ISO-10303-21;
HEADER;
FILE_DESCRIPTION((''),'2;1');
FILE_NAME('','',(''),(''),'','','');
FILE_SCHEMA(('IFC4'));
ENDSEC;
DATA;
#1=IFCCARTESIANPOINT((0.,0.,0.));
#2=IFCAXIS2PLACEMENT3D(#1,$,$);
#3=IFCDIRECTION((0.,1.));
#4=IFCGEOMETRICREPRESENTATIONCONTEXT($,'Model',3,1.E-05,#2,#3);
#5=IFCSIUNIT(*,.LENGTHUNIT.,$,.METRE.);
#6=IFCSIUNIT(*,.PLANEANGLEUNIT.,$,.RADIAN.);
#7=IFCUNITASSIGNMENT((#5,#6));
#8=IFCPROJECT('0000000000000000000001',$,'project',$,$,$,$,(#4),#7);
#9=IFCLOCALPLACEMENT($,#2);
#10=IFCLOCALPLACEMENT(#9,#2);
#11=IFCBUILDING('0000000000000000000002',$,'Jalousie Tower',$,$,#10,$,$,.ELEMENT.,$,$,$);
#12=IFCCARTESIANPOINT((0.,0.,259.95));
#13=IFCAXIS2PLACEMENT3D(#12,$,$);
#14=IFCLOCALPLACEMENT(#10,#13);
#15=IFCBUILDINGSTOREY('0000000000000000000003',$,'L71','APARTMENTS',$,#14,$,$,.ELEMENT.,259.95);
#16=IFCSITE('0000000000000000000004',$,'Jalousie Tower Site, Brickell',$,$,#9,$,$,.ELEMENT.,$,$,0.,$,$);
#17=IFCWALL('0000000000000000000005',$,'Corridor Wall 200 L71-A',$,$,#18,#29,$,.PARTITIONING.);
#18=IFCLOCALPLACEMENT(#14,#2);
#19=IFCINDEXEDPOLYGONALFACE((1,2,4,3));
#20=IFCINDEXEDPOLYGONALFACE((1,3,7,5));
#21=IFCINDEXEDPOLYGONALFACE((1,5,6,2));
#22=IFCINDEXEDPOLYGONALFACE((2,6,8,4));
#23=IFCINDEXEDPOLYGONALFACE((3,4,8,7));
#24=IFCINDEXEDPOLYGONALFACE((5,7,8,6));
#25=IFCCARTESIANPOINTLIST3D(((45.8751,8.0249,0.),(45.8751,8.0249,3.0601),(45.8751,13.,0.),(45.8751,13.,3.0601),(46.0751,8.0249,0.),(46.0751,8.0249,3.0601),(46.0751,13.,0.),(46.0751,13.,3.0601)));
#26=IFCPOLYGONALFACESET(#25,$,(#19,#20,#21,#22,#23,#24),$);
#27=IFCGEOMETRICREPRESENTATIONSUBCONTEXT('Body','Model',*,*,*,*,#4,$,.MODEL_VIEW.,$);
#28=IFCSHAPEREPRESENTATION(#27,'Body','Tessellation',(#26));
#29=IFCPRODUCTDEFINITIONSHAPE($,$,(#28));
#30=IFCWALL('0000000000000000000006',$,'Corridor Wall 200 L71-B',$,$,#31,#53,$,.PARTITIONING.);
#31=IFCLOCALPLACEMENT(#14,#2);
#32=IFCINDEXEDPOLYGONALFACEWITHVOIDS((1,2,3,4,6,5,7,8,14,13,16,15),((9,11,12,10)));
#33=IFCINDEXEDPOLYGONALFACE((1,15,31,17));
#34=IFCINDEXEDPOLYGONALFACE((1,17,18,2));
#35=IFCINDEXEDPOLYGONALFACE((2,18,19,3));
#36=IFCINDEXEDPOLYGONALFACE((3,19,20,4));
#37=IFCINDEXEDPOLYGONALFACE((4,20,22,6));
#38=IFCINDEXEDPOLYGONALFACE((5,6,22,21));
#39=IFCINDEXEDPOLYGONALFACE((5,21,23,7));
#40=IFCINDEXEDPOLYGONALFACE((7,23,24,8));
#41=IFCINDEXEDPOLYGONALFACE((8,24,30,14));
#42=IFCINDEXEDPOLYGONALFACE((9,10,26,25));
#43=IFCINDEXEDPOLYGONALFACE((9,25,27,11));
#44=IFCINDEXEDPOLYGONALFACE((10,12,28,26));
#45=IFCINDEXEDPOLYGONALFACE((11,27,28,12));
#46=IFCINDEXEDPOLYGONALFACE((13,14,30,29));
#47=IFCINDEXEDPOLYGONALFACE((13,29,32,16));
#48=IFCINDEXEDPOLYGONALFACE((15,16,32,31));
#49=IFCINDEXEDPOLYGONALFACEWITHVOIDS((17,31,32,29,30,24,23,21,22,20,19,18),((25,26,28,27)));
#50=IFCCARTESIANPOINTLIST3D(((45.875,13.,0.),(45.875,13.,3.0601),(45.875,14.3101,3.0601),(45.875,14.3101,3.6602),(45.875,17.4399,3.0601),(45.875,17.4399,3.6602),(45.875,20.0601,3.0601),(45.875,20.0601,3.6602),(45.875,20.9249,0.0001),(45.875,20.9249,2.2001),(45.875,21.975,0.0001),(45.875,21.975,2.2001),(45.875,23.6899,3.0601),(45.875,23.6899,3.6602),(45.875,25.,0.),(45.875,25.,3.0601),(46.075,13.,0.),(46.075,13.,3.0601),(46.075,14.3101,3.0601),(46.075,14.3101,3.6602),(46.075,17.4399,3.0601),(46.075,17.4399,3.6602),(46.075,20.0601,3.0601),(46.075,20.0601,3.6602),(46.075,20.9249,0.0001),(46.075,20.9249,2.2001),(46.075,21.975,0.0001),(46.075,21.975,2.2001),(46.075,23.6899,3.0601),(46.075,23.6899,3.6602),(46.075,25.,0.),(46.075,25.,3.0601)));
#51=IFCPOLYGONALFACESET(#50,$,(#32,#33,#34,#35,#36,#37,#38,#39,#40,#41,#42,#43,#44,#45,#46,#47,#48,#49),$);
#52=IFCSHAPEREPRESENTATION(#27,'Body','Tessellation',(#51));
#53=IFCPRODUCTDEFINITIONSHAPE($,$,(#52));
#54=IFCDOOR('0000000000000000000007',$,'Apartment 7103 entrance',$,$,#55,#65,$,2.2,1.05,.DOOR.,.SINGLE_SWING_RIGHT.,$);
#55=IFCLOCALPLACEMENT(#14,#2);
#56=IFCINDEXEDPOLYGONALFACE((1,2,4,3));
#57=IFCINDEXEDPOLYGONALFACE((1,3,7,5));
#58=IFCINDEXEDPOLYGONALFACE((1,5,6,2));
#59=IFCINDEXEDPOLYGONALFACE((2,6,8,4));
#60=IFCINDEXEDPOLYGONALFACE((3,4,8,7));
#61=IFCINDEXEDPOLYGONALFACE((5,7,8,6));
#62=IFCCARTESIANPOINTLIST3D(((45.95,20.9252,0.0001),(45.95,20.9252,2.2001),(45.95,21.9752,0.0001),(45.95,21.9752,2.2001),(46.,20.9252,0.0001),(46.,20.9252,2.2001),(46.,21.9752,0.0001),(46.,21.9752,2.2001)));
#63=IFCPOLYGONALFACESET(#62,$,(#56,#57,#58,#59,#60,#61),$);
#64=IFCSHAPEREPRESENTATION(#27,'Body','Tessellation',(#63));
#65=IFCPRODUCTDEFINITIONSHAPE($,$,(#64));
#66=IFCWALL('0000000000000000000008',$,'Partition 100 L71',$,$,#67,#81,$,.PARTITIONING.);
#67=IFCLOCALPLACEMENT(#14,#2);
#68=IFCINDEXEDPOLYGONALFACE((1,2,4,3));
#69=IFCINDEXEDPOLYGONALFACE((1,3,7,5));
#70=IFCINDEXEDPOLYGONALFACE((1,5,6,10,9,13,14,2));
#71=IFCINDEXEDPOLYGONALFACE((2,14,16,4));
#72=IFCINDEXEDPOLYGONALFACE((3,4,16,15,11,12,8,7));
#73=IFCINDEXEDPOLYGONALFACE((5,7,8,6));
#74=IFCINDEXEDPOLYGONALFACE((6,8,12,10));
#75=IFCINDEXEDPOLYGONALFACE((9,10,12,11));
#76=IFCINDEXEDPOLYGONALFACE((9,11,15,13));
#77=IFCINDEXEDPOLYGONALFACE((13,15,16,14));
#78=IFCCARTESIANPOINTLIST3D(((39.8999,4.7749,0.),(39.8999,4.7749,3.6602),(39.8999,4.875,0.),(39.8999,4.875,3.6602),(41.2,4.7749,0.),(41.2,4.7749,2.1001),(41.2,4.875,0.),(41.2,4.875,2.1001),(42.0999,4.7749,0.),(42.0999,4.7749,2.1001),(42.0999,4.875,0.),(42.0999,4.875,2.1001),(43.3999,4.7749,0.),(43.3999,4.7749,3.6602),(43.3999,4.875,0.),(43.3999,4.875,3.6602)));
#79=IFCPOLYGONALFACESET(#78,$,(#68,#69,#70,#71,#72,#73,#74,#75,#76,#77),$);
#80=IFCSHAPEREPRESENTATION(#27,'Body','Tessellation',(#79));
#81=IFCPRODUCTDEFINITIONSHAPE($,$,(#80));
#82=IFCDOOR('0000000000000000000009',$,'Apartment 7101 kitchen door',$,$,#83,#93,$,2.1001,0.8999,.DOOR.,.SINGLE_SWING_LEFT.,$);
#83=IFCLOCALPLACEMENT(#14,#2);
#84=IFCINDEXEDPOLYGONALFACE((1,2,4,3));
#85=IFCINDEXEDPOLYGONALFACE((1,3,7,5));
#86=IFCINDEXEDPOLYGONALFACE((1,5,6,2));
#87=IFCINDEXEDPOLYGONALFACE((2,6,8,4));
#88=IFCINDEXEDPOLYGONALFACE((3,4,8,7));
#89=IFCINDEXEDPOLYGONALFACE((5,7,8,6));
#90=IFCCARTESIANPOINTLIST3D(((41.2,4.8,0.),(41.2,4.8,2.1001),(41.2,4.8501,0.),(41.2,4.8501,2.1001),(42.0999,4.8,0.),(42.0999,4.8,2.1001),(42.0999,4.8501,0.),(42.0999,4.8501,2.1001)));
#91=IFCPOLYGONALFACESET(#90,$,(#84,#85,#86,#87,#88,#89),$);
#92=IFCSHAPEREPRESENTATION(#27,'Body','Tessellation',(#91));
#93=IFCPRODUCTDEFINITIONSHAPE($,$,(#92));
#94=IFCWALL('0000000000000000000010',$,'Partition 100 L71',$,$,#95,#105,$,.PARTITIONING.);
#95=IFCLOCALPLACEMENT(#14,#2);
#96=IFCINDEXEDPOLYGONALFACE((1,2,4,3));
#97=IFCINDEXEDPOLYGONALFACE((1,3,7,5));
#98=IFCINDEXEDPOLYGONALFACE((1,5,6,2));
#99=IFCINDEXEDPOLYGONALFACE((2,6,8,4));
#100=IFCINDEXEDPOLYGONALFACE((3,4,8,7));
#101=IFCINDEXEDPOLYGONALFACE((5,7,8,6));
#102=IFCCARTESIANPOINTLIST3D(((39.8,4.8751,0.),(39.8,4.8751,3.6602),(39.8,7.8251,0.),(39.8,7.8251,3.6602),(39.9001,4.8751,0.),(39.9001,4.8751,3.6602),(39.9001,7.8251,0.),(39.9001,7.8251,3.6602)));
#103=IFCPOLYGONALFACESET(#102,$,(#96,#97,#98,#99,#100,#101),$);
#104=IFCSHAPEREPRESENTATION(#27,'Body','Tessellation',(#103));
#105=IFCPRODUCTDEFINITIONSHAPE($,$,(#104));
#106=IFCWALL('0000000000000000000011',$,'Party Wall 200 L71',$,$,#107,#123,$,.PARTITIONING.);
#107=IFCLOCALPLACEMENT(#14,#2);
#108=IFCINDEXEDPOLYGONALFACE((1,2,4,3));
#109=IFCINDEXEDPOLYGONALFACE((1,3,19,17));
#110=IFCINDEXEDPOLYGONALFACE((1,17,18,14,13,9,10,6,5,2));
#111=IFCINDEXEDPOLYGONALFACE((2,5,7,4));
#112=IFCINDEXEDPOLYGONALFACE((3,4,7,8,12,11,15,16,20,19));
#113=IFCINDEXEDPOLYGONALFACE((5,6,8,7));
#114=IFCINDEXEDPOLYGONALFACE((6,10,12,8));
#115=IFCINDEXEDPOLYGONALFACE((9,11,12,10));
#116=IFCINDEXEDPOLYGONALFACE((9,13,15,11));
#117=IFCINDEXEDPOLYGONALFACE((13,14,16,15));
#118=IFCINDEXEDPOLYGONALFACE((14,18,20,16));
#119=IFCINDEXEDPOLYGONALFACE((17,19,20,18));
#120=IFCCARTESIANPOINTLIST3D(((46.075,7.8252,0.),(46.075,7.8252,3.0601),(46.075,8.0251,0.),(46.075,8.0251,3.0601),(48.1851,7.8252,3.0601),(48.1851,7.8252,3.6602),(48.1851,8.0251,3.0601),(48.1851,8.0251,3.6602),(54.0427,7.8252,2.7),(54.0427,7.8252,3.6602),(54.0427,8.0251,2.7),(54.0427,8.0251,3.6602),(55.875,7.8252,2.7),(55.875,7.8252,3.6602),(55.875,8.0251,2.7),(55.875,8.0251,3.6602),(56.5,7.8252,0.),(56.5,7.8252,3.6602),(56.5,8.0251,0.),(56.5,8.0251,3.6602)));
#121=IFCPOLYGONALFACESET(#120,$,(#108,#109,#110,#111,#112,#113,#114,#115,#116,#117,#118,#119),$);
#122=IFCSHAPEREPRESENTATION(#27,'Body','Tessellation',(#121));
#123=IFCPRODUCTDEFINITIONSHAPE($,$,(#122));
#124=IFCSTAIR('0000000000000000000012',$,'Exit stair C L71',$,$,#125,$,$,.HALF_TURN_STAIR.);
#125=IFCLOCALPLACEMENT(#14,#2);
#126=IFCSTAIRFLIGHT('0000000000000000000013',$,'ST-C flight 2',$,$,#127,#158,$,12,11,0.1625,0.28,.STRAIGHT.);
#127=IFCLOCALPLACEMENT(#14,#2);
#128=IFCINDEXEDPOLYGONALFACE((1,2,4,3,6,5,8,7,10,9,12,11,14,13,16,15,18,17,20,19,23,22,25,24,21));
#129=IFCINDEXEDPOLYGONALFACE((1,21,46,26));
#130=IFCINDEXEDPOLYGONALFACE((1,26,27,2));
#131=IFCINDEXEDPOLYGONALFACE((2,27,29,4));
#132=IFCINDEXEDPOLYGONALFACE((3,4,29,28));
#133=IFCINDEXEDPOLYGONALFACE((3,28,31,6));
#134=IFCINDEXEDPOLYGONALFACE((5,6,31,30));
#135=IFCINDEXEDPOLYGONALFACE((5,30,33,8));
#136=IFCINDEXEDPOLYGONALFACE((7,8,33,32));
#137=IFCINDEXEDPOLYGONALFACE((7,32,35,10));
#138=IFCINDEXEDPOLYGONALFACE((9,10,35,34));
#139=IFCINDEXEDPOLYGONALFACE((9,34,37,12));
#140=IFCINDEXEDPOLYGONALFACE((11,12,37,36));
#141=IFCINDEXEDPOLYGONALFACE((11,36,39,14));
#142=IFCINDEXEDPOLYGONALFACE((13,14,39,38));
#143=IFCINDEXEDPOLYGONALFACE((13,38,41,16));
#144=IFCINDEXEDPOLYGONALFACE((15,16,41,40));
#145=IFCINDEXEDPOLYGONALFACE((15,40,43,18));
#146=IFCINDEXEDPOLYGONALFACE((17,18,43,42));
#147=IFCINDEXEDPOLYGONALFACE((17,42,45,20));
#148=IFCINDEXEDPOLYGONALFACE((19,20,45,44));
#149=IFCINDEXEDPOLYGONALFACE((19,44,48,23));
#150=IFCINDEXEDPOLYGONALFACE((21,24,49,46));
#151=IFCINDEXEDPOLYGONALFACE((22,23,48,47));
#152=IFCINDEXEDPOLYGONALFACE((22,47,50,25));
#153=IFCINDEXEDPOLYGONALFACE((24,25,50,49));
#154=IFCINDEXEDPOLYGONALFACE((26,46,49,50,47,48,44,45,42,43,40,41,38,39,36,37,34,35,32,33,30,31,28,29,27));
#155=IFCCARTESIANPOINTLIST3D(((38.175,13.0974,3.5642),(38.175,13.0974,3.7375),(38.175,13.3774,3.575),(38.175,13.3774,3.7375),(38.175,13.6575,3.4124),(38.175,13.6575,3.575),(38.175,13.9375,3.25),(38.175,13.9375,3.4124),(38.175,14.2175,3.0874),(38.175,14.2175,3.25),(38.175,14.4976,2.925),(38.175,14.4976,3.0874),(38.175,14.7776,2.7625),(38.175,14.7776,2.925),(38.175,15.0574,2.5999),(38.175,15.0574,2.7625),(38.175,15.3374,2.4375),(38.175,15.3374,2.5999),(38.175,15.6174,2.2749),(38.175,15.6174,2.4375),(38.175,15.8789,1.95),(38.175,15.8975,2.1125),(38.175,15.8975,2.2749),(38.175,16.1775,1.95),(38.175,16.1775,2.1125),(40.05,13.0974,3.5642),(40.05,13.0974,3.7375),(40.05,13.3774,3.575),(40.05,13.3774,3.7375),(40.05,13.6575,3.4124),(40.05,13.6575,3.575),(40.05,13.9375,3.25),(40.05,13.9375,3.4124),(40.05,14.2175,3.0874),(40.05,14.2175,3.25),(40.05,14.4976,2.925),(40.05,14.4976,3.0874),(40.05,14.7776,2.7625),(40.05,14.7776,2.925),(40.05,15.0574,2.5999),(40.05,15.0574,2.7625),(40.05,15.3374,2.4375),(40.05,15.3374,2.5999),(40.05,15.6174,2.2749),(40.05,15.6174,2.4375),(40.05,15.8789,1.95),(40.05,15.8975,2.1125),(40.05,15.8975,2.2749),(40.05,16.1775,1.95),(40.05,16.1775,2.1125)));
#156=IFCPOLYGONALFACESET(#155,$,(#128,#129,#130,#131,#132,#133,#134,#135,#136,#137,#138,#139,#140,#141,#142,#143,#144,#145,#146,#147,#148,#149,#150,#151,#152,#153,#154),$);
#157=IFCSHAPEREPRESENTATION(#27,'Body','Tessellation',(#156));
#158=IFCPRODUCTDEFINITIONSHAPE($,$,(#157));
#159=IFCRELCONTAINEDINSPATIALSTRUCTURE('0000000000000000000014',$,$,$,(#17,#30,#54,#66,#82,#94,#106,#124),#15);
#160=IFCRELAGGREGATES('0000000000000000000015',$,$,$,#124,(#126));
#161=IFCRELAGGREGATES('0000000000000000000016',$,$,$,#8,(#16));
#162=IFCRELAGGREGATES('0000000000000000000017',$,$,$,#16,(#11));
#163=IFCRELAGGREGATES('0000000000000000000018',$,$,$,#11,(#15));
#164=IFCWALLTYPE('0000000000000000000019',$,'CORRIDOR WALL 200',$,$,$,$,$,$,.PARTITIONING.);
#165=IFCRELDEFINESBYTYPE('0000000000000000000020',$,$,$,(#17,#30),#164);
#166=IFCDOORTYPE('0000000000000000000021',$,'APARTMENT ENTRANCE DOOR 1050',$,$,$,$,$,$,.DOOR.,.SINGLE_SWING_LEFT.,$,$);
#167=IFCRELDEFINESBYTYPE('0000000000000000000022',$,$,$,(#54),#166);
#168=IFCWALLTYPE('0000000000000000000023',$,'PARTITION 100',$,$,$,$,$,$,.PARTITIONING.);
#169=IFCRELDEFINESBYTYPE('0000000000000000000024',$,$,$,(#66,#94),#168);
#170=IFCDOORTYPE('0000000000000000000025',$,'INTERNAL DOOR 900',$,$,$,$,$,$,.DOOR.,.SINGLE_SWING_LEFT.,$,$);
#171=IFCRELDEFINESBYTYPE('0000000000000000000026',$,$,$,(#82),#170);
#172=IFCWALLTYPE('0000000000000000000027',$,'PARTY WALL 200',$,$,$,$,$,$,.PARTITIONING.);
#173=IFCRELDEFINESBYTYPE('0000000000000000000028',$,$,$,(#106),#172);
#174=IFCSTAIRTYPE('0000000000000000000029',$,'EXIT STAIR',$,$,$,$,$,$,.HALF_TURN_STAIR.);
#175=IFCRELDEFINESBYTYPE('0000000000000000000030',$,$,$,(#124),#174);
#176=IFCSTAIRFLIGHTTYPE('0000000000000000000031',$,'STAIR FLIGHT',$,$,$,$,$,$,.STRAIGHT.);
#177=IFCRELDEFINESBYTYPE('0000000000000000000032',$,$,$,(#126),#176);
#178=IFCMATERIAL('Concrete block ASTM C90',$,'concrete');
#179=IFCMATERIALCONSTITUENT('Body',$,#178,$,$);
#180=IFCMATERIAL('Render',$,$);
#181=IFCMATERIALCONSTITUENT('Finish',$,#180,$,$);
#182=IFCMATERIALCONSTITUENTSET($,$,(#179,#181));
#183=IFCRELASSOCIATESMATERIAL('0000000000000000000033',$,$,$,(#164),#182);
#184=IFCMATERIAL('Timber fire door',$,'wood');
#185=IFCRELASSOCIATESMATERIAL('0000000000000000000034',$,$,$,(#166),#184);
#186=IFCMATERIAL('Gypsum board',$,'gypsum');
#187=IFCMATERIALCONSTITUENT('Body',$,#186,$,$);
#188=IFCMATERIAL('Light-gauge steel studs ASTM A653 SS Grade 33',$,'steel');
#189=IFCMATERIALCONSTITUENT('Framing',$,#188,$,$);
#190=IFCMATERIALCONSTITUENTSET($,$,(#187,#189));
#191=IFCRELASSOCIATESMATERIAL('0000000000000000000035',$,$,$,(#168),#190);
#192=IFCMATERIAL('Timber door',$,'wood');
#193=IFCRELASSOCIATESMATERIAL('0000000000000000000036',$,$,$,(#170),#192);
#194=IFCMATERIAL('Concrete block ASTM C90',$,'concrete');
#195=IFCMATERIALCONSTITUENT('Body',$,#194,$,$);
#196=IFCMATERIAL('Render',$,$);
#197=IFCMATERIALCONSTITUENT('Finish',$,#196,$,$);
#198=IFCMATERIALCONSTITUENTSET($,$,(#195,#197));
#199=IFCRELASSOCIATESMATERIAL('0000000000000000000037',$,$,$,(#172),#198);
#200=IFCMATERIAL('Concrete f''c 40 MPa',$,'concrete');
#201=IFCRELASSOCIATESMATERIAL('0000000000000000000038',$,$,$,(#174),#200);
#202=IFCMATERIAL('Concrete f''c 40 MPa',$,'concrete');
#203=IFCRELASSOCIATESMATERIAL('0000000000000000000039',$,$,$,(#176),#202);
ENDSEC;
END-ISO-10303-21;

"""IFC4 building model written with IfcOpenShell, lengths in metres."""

from ifc_helpers import new_model, si_unit, direction, frame, frame_2d, origin, place, context, subcontext, project, spatial, polyline, rectangle, outline, extrude, material, constituent, constituent_set, type_object, element, fill, aggregate, save


model = new_model("IFC4")

# Units and contexts
model_context = context("Model", 3, precision=1e-05, world=origin(), true_north=direction((0.0, 1.0)))
body_context = subcontext(model_context, "Body", "Model", "MODEL_VIEW")
ifc_project = project(units=[si_unit("LENGTHUNIT", "METRE"), si_unit("PLANEANGLEUNIT", "RADIAN")], contexts=[model_context])

# Site, building, storey
site_placement = place(None, origin())
site = spatial("IfcSite", under=ifc_project, at=site_placement, Name="Jalousie Tower Site, Brickell", CompositionType="ELEMENT", RefElevation=0.0)
building_placement = place(site_placement, origin())
building = spatial("IfcBuilding", under=site, at=building_placement, Name="Jalousie Tower", CompositionType="ELEMENT")
storey_placement = place(building_placement, frame((0.0, 0.0, 259.95)))
storey = spatial("IfcBuildingStorey", under=building, at=storey_placement, Name="L71", Description="APARTMENTS", CompositionType="ELEMENT", Elevation=259.95)

# Wall
ifc_material_1 = material(Name="Concrete block ASTM C90", Category="concrete")
ifc_constituent_1 = constituent(ifc_material_1, Name="Body")
ifc_material_2 = material(Name="Render")
ifc_constituent_2 = constituent(ifc_material_2, Name="Finish")
ifc_constituent_set_1 = constituent_set(constituents=[ifc_constituent_1, ifc_constituent_2])
wall_type_1 = type_object("IfcWallType", Name="CORRIDOR WALL 200", PredefinedType="PARTITIONING", material=ifc_constituent_set_1)
wall_1_placement = place(storey_placement, frame((45.9751, 8.0249, 0.0), z_axis=(0.0, 0.0, 1.0), x_axis=(0.0, 1.0, 0.0)))
element("IfcWall", 1, at=wall_1_placement, inside=storey, type_object=wall_type_1, Name="Corridor Wall 200 L71-A", PredefinedType="PARTITIONING", context=body_context, shape_type="SweptSolid", body=[
    extrude(rectangle(XDim=4.9751, YDim=0.2, at=frame_2d((2.4875, 0.0))), origin(), (0.0, 0.0, 1.0), 3.0601),
])

# Walls, openings, doors
wall_2_placement = place(storey_placement, frame((45.9751, 13.0, 0.0), z_axis=(0.0, 0.0, 1.0), x_axis=(0.0, 1.0, 0.0)))
wall_2 = element("IfcWall", 2, at=wall_2_placement, inside=storey, type_object=wall_type_1, Name="Corridor Wall 200 L71-B", PredefinedType="PARTITIONING", context=body_context, shape_type="SweptSolid", body=[
    extrude(outline(polyline([(0.0, 0.0), (12.0, 0.0), (12.0, 3.0601), (10.6899, 3.0601), (10.6899, 3.6602), (7.0601, 3.6602), (7.0601, 3.0601), (4.4399, 3.0601), (4.4399, 3.6602), (1.3101, 3.6602), (1.3101, 3.0601), (0.0, 3.0601), (0.0, 0.0)])), frame((0.0, 0.1001, 0.0), z_axis=(0.0, -1.0, 0.0), x_axis=(1.0, 0.0, 0.0)), (0.0, 0.0, 1.0), 0.2),
])
opening_1_placement = place(wall_2_placement, frame((7.925, 0.0, 0.0)))
opening_1 = element("IfcOpeningElement", 3, at=opening_1_placement, cuts=wall_2, PredefinedType="OPENING", context=body_context, shape_type="SweptSolid", body=[
    extrude(rectangle(XDim=1.05, YDim=2.2, at=frame_2d((0.5249, 1.1001))), frame((0.0, 0.1099, 0.0), z_axis=(0.0, -1.0, 0.0), x_axis=(1.0, 0.0, 0.0)), (0.0, 0.0, 1.0), 0.22),
])
ifc_material_3 = material(Name="Timber fire door", Category="wood")
door_type_1 = type_object("IfcDoorType", Name="APARTMENT ENTRANCE DOOR 1050", OperationType="SINGLE_SWING_LEFT", PredefinedType="DOOR", material=ifc_material_3)
door_1_placement = place(opening_1_placement, frame((1.05, 0.0, 0.0), z_axis=(0.0, 0.0, 1.0), x_axis=(-1.0, 0.0, 0.0)))
door_1 = element("IfcDoor", 4, at=door_1_placement, inside=storey, type_object=door_type_1, Name="Apartment 7103 entrance", OperationType="SINGLE_SWING_RIGHT", OverallHeight=2.2, OverallWidth=1.05, PredefinedType="DOOR", context=body_context, shape_type="SweptSolid", body=[
    extrude(rectangle(XDim=1.05, YDim=2.2, at=frame_2d((0.5249, 1.1001))), frame((0.0, 0.0249, 0.0), z_axis=(0.0, -1.0, 0.0), x_axis=(1.0, 0.0, 0.0)), (0.0, 0.0, 1.0), 0.05),
])
fill(opening_1, door_1)
ifc_material_4 = material(Name="Gypsum board", Category="gypsum")
ifc_constituent_3 = constituent(ifc_material_4, Name="Body")
ifc_material_5 = material(Name="Light-gauge steel studs ASTM A653 SS Grade 33", Category="steel")
ifc_constituent_4 = constituent(ifc_material_5, Name="Framing")
ifc_constituent_set_2 = constituent_set(constituents=[ifc_constituent_3, ifc_constituent_4])
wall_type_2 = type_object("IfcWallType", Name="PARTITION 100", PredefinedType="PARTITIONING", material=ifc_constituent_set_2)
wall_3_placement = place(storey_placement, frame((39.8999, 4.825, 0.0), z_axis=(0.0, 0.0, 1.0), x_axis=(1.0, 0.0, 0.0)))
wall_3 = element("IfcWall", 5, at=wall_3_placement, inside=storey, type_object=wall_type_2, Name="Partition 100 L71", PredefinedType="PARTITIONING", context=body_context, shape_type="SweptSolid", body=[
    extrude(rectangle(XDim=3.5, YDim=0.1001, at=frame_2d((1.75, 0.0))), origin(), (0.0, 0.0, 1.0), 3.6602),
])
opening_2_placement = place(wall_3_placement, frame((1.3, 0.0, 0.0)))
opening_2 = element("IfcOpeningElement", 6, at=opening_2_placement, cuts=wall_3, PredefinedType="OPENING", context=body_context, shape_type="SweptSolid", body=[
    extrude(rectangle(XDim=0.8999, YDim=2.1001, at=frame_2d((0.45, 1.05))), frame((0.0, 0.0601, 0.0), z_axis=(0.0, -1.0, 0.0), x_axis=(1.0, 0.0, 0.0)), (0.0, 0.0, 1.0), 0.1201),
])
ifc_material_6 = material(Name="Timber door", Category="wood")
door_type_2 = type_object("IfcDoorType", Name="INTERNAL DOOR 900", OperationType="SINGLE_SWING_LEFT", PredefinedType="DOOR", material=ifc_material_6)
door_2_placement = place(opening_2_placement, frame((0.8999, 0.0, 0.0), z_axis=(0.0, 0.0, 1.0), x_axis=(-1.0, 0.0, 0.0)))
door_2 = element("IfcDoor", 7, at=door_2_placement, inside=storey, type_object=door_type_2, Name="Apartment 7101 kitchen door", OperationType="SINGLE_SWING_LEFT", OverallHeight=2.1001, OverallWidth=0.8999, PredefinedType="DOOR", context=body_context, shape_type="SweptSolid", body=[
    extrude(rectangle(XDim=0.8999, YDim=2.1001, at=frame_2d((0.45, 1.05))), frame((0.0, 0.0249, 0.0), z_axis=(0.0, -1.0, 0.0), x_axis=(1.0, 0.0, 0.0)), (0.0, 0.0, 1.0), 0.05),
])
fill(opening_2, door_2)

# Walls
wall_4_placement = place(storey_placement, frame((39.8501, 4.875, 0.0), z_axis=(0.0, 0.0, 1.0), x_axis=(0.0, 1.0, 0.0)))
element("IfcWall", 8, at=wall_4_placement, inside=storey, type_object=wall_type_2, Name="Partition 100 L71", PredefinedType="PARTITIONING", context=body_context, shape_type="SweptSolid", body=[
    extrude(rectangle(XDim=2.95, YDim=0.1001, at=frame_2d((1.4751, 0.0))), origin(), (0.0, 0.0, 1.0), 3.6602),
])
ifc_material_7 = material(Name="Concrete block ASTM C90", Category="concrete")
ifc_constituent_5 = constituent(ifc_material_7, Name="Body")
ifc_material_8 = material(Name="Render")
ifc_constituent_6 = constituent(ifc_material_8, Name="Finish")
ifc_constituent_set_3 = constituent_set(constituents=[ifc_constituent_5, ifc_constituent_6])
wall_type_3 = type_object("IfcWallType", Name="PARTY WALL 200", PredefinedType="PARTITIONING", material=ifc_constituent_set_3)
wall_5_placement = place(storey_placement, frame((46.075, 7.925, 0.0), z_axis=(0.0, 0.0, 1.0), x_axis=(1.0, 0.0, 0.0)))
element("IfcWall", 9, at=wall_5_placement, inside=storey, type_object=wall_type_3, Name="Party Wall 200 L71", PredefinedType="PARTITIONING", context=body_context, shape_type="SweptSolid", body=[
    extrude(outline(polyline([(0.0, 0.0), (10.425, 0.0), (10.425, 3.6602), (9.8, 3.6602), (9.8, 2.7), (7.9678, 2.7), (7.9678, 3.6602), (2.1101, 3.6602), (2.1101, 3.0601), (0.0, 3.0601), (0.0, 3.6602), (0.0, 0.0)])), frame((0.0, 0.1001, 0.0), z_axis=(0.0, -1.0, 0.0), x_axis=(1.0, 0.0, 0.0)), (0.0, 0.0, 1.0), 0.2),
])

# Stair, stair flight
ifc_material_9 = material(Name="Concrete f'c 40 MPa", Category="concrete")
stair_type = type_object("IfcStairType", Name="EXIT STAIR", PredefinedType="HALF_TURN_STAIR", material=ifc_material_9)
stair_placement = place(storey_placement, origin())
stair = element("IfcStair", 10, at=stair_placement, inside=storey, type_object=stair_type, Name="Exit stair C L71", PredefinedType="HALF_TURN_STAIR")
ifc_material_10 = material(Name="Concrete f'c 40 MPa", Category="concrete")
stair_flight_type = type_object("IfcStairFlightType", Name="STAIR FLIGHT", PredefinedType="STRAIGHT", material=ifc_material_10)
stair_flight_placement = place(storey_placement, frame((39.1125, 16.1775, 1.95), z_axis=(0.0, 0.0, 1.0), x_axis=(0.0, -1.0, 0.0)))
stair_flight = element("IfcStairFlight", 11, at=stair_flight_placement, type_object=stair_flight_type, Name="ST-C flight 2", NumberOfRisers=12, NumberOfTreads=11, PredefinedType="STRAIGHT", RiserHeight=0.1625, TreadLength=0.28, context=body_context, shape_type="SweptSolid", body=[
    extrude(outline(polyline([(0.0, 0.0), (0.0, 0.1626), (0.28, 0.1626), (0.28, 0.325), (0.5601, 0.325), (0.5601, 0.4875), (0.8401, 0.4875), (0.8401, 0.6499), (1.1201, 0.6499), (1.1201, 0.8125), (1.3999, 0.8125), (1.3999, 0.9751), (1.6799, 0.9751), (1.6799, 1.1375), (1.96, 1.1375), (1.96, 1.3), (2.24, 1.3), (2.24, 1.4624), (2.52, 1.4624), (2.52, 1.625), (2.8, 1.625), (2.8, 1.7876), (3.0801, 1.7876), (3.0801, 1.95), (3.0801, 1.6143), (0.2986, 0.0), (0.0, 0.0)])), frame((0.0, 0.9375, 0.0), z_axis=(0.0, -1.0, 0.0), x_axis=(1.0, 0.0, 0.0)), (0.0, 0.0, 1.0), 1.875),
])
aggregate(stair, [stair_flight])

save(model, "model.ifc")
